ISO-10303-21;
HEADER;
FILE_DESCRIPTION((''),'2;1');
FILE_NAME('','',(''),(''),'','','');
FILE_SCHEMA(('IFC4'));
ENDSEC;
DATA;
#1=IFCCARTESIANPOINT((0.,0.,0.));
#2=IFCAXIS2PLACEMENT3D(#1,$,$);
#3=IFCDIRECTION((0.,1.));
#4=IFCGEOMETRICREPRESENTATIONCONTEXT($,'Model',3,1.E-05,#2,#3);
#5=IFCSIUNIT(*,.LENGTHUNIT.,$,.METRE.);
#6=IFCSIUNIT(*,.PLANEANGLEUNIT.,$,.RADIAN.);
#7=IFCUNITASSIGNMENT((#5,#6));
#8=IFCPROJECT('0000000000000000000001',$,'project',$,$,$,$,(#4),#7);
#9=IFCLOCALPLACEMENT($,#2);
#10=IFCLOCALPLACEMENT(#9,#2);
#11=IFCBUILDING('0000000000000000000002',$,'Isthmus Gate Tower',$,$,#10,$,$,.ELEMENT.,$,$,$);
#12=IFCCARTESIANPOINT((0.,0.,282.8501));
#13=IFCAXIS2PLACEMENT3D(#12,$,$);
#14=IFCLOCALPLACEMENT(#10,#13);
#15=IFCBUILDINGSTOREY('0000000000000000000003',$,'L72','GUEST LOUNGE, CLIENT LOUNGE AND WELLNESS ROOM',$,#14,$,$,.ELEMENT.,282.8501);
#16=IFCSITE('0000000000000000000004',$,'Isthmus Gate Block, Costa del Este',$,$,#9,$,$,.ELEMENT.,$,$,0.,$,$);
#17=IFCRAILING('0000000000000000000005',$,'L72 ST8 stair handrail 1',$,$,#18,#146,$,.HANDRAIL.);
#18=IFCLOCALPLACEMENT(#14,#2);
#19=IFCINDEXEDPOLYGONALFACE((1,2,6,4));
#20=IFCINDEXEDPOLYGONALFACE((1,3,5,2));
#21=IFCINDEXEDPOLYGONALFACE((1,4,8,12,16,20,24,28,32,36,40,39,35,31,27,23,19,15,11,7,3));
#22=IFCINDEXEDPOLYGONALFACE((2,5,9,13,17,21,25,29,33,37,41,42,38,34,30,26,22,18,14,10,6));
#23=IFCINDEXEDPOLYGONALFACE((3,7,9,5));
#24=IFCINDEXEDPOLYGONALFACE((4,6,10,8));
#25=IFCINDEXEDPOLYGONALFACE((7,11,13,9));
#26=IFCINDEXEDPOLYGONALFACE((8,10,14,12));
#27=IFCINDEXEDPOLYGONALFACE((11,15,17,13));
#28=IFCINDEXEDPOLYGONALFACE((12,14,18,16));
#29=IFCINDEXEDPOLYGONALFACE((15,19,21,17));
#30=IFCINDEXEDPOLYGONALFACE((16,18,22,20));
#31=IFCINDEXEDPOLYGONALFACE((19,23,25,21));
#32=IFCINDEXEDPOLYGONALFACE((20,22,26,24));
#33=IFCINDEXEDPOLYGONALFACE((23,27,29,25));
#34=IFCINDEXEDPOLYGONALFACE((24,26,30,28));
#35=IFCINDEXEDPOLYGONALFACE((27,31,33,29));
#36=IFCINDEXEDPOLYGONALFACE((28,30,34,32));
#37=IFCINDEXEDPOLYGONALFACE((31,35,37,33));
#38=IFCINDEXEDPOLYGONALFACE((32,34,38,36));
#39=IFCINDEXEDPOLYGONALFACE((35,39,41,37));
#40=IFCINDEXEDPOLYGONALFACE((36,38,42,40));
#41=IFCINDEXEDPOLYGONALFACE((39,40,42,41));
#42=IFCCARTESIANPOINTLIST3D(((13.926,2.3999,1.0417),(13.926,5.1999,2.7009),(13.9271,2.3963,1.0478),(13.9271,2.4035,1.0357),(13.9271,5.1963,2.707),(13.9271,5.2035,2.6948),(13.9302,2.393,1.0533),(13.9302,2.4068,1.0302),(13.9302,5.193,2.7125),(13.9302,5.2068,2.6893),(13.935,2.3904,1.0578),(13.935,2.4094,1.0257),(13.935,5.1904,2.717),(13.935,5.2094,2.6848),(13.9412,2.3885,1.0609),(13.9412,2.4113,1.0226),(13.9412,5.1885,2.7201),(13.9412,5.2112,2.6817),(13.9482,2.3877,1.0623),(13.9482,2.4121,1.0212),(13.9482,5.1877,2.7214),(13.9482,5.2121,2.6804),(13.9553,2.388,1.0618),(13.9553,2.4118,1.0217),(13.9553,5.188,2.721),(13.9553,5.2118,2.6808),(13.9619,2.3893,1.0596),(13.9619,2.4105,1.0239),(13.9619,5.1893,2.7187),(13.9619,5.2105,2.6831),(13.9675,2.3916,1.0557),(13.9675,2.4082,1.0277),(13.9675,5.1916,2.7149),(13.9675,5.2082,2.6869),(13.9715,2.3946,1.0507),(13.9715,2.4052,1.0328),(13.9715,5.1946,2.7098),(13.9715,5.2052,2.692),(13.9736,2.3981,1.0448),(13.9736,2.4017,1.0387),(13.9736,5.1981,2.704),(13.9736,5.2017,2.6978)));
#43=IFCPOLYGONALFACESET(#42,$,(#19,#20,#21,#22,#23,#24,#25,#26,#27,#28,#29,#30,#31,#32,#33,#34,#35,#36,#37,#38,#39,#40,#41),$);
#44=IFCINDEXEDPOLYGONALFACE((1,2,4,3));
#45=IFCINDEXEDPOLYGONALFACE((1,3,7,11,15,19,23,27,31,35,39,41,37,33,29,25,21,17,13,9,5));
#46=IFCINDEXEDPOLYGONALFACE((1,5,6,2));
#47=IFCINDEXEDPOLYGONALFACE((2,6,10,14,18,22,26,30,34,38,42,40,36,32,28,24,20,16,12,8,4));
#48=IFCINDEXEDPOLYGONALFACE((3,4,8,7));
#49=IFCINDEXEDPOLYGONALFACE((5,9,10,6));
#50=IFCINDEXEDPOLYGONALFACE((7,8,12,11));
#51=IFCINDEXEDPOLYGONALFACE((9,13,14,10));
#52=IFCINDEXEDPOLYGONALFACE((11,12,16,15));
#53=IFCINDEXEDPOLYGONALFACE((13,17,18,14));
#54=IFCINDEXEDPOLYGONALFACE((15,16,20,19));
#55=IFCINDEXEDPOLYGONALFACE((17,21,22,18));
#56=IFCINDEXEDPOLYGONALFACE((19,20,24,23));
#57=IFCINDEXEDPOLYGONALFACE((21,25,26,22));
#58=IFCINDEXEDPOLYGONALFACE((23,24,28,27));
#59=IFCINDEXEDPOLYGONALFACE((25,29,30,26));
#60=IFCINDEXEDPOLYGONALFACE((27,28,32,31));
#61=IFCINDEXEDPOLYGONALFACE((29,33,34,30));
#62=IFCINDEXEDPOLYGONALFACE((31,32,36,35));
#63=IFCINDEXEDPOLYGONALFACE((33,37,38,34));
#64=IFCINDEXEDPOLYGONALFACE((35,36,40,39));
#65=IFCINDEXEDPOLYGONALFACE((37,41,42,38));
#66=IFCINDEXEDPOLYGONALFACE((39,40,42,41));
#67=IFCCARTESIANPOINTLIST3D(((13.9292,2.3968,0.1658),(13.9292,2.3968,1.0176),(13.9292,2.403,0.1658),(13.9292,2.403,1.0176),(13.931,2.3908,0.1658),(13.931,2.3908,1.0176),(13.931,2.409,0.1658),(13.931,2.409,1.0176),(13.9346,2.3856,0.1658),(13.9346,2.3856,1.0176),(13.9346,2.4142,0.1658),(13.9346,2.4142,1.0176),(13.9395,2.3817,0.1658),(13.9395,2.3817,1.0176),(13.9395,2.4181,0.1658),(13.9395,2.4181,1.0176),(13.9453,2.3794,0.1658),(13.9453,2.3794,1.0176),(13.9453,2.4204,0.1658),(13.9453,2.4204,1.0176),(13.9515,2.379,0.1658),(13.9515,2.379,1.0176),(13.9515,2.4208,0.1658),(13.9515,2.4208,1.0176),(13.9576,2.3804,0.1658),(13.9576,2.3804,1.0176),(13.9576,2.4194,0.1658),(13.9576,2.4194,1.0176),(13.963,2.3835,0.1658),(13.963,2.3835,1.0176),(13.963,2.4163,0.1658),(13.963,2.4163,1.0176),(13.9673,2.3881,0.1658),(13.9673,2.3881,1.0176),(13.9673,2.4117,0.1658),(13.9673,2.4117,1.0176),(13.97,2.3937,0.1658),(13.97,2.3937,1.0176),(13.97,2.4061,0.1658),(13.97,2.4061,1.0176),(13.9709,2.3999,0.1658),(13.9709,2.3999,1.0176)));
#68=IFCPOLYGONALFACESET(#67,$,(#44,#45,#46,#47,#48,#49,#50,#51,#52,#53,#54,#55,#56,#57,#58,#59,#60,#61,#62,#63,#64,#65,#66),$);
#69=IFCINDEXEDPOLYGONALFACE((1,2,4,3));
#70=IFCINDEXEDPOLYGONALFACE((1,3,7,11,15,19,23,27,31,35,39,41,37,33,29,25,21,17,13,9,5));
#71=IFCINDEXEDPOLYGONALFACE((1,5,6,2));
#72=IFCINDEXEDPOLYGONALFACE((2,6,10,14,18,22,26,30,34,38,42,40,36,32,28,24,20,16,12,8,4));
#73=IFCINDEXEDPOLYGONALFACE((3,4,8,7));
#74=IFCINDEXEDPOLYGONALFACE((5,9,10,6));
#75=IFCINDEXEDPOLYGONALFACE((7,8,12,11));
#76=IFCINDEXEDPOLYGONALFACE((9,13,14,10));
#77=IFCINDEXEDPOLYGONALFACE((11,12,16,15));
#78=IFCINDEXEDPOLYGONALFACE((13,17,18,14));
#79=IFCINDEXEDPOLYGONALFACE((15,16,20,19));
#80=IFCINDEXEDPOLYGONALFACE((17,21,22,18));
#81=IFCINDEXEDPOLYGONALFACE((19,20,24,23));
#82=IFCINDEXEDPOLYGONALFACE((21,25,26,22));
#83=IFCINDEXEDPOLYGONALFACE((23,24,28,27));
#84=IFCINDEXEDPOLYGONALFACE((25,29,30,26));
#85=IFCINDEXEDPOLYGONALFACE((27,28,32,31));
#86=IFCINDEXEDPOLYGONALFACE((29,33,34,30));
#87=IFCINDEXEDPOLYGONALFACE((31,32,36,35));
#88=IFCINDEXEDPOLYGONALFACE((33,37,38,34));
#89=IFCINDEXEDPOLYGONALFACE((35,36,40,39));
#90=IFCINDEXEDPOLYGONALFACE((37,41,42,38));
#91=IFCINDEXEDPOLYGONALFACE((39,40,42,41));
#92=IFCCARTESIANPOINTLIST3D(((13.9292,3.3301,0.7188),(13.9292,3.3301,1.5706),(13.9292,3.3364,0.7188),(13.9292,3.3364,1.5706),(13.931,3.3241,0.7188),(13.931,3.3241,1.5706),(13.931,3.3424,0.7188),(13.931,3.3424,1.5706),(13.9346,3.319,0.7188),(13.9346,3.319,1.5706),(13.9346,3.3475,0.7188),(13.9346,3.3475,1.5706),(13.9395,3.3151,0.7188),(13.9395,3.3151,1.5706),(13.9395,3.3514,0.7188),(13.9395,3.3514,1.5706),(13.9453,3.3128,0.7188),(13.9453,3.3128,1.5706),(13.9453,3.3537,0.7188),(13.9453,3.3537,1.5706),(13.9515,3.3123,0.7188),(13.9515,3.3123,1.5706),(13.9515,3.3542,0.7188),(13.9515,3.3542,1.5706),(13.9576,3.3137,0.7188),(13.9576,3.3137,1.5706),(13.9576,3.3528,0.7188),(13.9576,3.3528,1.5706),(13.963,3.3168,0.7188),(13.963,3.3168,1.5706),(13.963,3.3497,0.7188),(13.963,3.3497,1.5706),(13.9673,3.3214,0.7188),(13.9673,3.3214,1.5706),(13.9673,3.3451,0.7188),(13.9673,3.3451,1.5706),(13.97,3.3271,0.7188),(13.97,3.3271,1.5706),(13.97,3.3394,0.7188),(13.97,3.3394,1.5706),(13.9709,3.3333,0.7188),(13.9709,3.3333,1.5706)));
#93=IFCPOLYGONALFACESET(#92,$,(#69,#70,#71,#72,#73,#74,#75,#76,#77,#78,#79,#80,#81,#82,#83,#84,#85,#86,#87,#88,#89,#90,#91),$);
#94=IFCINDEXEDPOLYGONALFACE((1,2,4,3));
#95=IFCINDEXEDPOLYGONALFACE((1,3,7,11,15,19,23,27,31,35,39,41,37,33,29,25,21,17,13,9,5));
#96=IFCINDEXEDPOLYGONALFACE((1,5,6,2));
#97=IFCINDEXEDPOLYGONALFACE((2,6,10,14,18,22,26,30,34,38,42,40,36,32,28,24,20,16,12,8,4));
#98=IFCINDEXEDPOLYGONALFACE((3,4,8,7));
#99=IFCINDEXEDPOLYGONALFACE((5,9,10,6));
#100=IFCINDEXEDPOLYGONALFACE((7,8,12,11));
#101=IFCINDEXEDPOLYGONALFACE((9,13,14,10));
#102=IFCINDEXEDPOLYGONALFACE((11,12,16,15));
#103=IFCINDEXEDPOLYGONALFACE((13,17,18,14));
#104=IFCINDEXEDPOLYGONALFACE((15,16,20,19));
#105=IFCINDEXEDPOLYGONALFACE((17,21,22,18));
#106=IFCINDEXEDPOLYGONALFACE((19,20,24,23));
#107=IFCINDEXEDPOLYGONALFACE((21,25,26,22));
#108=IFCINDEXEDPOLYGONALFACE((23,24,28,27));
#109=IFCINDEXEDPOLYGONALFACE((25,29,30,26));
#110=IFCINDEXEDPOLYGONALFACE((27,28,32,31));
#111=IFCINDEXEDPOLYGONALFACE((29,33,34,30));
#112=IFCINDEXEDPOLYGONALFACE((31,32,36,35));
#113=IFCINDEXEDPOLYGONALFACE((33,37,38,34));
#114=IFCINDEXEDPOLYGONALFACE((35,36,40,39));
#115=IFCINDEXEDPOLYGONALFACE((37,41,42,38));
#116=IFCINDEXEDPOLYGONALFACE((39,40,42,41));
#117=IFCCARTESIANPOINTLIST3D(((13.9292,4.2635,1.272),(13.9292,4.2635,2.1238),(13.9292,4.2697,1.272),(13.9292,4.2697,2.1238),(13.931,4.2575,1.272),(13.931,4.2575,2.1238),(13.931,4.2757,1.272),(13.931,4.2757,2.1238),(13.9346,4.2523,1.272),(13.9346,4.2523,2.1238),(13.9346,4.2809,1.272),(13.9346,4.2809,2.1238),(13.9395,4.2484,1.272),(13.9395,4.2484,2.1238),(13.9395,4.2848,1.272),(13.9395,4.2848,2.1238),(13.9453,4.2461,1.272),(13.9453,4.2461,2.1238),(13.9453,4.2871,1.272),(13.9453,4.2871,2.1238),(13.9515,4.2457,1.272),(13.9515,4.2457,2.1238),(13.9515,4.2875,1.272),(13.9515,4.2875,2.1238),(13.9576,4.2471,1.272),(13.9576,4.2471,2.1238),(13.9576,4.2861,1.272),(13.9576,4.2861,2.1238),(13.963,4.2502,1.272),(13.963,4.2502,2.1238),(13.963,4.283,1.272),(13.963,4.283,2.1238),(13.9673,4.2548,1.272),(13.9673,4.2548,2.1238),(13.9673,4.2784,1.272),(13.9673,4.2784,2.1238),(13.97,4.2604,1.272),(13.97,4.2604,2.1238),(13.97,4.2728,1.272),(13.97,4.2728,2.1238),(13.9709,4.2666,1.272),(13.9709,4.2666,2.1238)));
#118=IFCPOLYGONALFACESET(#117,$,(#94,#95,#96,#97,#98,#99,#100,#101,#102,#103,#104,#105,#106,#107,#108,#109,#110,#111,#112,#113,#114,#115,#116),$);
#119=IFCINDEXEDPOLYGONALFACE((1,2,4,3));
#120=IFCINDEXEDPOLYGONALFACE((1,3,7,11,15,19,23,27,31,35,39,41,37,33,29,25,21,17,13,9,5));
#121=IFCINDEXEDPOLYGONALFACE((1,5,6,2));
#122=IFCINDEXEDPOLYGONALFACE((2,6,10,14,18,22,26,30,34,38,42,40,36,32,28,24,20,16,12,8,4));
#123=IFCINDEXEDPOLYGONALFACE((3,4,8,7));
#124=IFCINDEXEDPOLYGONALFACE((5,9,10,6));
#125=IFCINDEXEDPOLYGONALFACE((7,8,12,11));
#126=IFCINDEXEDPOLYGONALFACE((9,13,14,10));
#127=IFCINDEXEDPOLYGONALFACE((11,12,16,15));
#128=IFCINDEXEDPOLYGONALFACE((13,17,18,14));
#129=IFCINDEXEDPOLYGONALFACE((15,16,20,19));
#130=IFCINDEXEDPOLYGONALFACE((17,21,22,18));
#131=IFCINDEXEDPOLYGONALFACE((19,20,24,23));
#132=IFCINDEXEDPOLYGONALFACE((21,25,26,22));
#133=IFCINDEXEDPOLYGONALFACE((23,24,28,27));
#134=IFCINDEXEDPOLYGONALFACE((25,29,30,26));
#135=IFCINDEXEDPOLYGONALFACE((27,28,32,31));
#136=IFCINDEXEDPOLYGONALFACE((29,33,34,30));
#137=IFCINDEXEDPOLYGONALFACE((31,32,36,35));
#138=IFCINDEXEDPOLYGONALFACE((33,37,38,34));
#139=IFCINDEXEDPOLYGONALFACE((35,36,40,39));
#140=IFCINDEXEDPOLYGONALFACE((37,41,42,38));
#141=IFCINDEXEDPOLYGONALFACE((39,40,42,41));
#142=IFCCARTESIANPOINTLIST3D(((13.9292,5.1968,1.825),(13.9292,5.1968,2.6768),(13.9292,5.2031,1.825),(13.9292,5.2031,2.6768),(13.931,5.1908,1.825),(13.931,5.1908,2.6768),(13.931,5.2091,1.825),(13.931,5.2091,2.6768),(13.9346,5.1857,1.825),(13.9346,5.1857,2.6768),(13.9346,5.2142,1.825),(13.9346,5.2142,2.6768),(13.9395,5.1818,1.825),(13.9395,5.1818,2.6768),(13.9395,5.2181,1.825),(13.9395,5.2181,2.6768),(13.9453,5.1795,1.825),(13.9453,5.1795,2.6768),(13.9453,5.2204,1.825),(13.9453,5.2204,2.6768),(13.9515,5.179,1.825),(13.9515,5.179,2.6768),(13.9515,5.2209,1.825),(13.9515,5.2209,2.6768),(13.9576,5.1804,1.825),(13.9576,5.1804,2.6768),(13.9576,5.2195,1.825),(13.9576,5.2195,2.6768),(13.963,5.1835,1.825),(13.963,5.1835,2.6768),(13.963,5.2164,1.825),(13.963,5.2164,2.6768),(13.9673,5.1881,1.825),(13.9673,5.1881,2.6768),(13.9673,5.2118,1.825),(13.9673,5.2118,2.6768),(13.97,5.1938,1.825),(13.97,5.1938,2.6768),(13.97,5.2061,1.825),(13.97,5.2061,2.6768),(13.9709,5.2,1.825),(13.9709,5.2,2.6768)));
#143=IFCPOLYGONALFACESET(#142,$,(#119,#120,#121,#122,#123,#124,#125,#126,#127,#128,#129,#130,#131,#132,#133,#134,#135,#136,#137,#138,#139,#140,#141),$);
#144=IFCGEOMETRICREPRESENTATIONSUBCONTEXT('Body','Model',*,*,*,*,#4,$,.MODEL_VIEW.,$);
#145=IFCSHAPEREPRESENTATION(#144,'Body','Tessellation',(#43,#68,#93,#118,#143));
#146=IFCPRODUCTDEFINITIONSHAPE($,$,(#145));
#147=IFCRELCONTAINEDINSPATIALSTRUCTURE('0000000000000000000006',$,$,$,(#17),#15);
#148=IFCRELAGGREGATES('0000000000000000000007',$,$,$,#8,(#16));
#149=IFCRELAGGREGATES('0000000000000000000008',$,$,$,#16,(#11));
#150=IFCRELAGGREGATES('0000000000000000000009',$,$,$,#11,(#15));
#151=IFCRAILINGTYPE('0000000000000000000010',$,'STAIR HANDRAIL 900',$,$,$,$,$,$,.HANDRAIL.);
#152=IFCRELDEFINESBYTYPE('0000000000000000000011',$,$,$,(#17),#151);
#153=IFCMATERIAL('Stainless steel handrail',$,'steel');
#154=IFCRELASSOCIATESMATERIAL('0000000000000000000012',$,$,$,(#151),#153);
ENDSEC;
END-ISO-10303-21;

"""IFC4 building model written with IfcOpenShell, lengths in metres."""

from ifc_helpers import new_model, si_unit, direction, frame, origin, origin_2d, place, context, subcontext, project, spatial, circle, extrude, material, type_object, element, save


model = new_model("IFC4")

# Units and contexts
model_context = context("Model", 3, precision=1e-05, world=origin(), true_north=direction((0.0, 1.0)))
body_context = subcontext(model_context, "Body", "Model", "MODEL_VIEW")
ifc_project = project(units=[si_unit("LENGTHUNIT", "METRE"), si_unit("PLANEANGLEUNIT", "RADIAN")], contexts=[model_context])

# Site, building, storey
site_placement = place(None, origin())
site = spatial("IfcSite", under=ifc_project, at=site_placement, Name="Isthmus Gate Block, Costa del Este", CompositionType="ELEMENT", RefElevation=0.0)
building_placement = place(site_placement, origin())
building = spatial("IfcBuilding", under=site, at=building_placement, Name="Isthmus Gate Tower", CompositionType="ELEMENT")
storey_placement = place(building_placement, frame((0.0, 0.0, 282.8501)))
storey = spatial("IfcBuildingStorey", under=building, at=storey_placement, Name="L72", Description="GUEST LOUNGE, CLIENT LOUNGE AND WELLNESS ROOM", CompositionType="ELEMENT", Elevation=282.8501)

# Railing
ifc_material_1 = material(Name="Stainless steel handrail", Category="steel")
railing_type_1 = type_object("IfcRailingType", Name="STAIR HANDRAIL 900", PredefinedType="HANDRAIL", material=ifc_material_1)
railing_1_placement = place(storey_placement, frame((13.95, 2.3999, 0.1658)))
element("IfcRailing", 1, at=railing_1_placement, inside=storey, type_object=railing_type_1, Name="L72 ST8 stair handrail 1", PredefinedType="HANDRAIL", context=body_context, shape_type="SweptSolid", body=[
    extrude(circle(Radius=0.0239, at=origin_2d()), frame((0.0, 0.0, 0.876), z_axis=(0.0, 0.860306, 0.509778), x_axis=(-1.0, 0.0, 0.0)), (0.0, 0.0, 1.0), 3.2546),
    extrude(circle(Radius=0.021, at=origin_2d()), origin(), (0.0, 0.0, 1.0), 0.8518),
    extrude(circle(Radius=0.021, at=origin_2d()), frame((0.0, 0.9333, 0.553)), (0.0, 0.0, 1.0), 0.8518),
    extrude(circle(Radius=0.021, at=origin_2d()), frame((0.0, 1.8667, 1.1062)), (0.0, 0.0, 1.0), 0.8518),
    extrude(circle(Radius=0.021, at=origin_2d()), frame((0.0, 2.8, 1.6592)), (0.0, 0.0, 1.0), 0.8518),
])

save(model, "model.ifc")
